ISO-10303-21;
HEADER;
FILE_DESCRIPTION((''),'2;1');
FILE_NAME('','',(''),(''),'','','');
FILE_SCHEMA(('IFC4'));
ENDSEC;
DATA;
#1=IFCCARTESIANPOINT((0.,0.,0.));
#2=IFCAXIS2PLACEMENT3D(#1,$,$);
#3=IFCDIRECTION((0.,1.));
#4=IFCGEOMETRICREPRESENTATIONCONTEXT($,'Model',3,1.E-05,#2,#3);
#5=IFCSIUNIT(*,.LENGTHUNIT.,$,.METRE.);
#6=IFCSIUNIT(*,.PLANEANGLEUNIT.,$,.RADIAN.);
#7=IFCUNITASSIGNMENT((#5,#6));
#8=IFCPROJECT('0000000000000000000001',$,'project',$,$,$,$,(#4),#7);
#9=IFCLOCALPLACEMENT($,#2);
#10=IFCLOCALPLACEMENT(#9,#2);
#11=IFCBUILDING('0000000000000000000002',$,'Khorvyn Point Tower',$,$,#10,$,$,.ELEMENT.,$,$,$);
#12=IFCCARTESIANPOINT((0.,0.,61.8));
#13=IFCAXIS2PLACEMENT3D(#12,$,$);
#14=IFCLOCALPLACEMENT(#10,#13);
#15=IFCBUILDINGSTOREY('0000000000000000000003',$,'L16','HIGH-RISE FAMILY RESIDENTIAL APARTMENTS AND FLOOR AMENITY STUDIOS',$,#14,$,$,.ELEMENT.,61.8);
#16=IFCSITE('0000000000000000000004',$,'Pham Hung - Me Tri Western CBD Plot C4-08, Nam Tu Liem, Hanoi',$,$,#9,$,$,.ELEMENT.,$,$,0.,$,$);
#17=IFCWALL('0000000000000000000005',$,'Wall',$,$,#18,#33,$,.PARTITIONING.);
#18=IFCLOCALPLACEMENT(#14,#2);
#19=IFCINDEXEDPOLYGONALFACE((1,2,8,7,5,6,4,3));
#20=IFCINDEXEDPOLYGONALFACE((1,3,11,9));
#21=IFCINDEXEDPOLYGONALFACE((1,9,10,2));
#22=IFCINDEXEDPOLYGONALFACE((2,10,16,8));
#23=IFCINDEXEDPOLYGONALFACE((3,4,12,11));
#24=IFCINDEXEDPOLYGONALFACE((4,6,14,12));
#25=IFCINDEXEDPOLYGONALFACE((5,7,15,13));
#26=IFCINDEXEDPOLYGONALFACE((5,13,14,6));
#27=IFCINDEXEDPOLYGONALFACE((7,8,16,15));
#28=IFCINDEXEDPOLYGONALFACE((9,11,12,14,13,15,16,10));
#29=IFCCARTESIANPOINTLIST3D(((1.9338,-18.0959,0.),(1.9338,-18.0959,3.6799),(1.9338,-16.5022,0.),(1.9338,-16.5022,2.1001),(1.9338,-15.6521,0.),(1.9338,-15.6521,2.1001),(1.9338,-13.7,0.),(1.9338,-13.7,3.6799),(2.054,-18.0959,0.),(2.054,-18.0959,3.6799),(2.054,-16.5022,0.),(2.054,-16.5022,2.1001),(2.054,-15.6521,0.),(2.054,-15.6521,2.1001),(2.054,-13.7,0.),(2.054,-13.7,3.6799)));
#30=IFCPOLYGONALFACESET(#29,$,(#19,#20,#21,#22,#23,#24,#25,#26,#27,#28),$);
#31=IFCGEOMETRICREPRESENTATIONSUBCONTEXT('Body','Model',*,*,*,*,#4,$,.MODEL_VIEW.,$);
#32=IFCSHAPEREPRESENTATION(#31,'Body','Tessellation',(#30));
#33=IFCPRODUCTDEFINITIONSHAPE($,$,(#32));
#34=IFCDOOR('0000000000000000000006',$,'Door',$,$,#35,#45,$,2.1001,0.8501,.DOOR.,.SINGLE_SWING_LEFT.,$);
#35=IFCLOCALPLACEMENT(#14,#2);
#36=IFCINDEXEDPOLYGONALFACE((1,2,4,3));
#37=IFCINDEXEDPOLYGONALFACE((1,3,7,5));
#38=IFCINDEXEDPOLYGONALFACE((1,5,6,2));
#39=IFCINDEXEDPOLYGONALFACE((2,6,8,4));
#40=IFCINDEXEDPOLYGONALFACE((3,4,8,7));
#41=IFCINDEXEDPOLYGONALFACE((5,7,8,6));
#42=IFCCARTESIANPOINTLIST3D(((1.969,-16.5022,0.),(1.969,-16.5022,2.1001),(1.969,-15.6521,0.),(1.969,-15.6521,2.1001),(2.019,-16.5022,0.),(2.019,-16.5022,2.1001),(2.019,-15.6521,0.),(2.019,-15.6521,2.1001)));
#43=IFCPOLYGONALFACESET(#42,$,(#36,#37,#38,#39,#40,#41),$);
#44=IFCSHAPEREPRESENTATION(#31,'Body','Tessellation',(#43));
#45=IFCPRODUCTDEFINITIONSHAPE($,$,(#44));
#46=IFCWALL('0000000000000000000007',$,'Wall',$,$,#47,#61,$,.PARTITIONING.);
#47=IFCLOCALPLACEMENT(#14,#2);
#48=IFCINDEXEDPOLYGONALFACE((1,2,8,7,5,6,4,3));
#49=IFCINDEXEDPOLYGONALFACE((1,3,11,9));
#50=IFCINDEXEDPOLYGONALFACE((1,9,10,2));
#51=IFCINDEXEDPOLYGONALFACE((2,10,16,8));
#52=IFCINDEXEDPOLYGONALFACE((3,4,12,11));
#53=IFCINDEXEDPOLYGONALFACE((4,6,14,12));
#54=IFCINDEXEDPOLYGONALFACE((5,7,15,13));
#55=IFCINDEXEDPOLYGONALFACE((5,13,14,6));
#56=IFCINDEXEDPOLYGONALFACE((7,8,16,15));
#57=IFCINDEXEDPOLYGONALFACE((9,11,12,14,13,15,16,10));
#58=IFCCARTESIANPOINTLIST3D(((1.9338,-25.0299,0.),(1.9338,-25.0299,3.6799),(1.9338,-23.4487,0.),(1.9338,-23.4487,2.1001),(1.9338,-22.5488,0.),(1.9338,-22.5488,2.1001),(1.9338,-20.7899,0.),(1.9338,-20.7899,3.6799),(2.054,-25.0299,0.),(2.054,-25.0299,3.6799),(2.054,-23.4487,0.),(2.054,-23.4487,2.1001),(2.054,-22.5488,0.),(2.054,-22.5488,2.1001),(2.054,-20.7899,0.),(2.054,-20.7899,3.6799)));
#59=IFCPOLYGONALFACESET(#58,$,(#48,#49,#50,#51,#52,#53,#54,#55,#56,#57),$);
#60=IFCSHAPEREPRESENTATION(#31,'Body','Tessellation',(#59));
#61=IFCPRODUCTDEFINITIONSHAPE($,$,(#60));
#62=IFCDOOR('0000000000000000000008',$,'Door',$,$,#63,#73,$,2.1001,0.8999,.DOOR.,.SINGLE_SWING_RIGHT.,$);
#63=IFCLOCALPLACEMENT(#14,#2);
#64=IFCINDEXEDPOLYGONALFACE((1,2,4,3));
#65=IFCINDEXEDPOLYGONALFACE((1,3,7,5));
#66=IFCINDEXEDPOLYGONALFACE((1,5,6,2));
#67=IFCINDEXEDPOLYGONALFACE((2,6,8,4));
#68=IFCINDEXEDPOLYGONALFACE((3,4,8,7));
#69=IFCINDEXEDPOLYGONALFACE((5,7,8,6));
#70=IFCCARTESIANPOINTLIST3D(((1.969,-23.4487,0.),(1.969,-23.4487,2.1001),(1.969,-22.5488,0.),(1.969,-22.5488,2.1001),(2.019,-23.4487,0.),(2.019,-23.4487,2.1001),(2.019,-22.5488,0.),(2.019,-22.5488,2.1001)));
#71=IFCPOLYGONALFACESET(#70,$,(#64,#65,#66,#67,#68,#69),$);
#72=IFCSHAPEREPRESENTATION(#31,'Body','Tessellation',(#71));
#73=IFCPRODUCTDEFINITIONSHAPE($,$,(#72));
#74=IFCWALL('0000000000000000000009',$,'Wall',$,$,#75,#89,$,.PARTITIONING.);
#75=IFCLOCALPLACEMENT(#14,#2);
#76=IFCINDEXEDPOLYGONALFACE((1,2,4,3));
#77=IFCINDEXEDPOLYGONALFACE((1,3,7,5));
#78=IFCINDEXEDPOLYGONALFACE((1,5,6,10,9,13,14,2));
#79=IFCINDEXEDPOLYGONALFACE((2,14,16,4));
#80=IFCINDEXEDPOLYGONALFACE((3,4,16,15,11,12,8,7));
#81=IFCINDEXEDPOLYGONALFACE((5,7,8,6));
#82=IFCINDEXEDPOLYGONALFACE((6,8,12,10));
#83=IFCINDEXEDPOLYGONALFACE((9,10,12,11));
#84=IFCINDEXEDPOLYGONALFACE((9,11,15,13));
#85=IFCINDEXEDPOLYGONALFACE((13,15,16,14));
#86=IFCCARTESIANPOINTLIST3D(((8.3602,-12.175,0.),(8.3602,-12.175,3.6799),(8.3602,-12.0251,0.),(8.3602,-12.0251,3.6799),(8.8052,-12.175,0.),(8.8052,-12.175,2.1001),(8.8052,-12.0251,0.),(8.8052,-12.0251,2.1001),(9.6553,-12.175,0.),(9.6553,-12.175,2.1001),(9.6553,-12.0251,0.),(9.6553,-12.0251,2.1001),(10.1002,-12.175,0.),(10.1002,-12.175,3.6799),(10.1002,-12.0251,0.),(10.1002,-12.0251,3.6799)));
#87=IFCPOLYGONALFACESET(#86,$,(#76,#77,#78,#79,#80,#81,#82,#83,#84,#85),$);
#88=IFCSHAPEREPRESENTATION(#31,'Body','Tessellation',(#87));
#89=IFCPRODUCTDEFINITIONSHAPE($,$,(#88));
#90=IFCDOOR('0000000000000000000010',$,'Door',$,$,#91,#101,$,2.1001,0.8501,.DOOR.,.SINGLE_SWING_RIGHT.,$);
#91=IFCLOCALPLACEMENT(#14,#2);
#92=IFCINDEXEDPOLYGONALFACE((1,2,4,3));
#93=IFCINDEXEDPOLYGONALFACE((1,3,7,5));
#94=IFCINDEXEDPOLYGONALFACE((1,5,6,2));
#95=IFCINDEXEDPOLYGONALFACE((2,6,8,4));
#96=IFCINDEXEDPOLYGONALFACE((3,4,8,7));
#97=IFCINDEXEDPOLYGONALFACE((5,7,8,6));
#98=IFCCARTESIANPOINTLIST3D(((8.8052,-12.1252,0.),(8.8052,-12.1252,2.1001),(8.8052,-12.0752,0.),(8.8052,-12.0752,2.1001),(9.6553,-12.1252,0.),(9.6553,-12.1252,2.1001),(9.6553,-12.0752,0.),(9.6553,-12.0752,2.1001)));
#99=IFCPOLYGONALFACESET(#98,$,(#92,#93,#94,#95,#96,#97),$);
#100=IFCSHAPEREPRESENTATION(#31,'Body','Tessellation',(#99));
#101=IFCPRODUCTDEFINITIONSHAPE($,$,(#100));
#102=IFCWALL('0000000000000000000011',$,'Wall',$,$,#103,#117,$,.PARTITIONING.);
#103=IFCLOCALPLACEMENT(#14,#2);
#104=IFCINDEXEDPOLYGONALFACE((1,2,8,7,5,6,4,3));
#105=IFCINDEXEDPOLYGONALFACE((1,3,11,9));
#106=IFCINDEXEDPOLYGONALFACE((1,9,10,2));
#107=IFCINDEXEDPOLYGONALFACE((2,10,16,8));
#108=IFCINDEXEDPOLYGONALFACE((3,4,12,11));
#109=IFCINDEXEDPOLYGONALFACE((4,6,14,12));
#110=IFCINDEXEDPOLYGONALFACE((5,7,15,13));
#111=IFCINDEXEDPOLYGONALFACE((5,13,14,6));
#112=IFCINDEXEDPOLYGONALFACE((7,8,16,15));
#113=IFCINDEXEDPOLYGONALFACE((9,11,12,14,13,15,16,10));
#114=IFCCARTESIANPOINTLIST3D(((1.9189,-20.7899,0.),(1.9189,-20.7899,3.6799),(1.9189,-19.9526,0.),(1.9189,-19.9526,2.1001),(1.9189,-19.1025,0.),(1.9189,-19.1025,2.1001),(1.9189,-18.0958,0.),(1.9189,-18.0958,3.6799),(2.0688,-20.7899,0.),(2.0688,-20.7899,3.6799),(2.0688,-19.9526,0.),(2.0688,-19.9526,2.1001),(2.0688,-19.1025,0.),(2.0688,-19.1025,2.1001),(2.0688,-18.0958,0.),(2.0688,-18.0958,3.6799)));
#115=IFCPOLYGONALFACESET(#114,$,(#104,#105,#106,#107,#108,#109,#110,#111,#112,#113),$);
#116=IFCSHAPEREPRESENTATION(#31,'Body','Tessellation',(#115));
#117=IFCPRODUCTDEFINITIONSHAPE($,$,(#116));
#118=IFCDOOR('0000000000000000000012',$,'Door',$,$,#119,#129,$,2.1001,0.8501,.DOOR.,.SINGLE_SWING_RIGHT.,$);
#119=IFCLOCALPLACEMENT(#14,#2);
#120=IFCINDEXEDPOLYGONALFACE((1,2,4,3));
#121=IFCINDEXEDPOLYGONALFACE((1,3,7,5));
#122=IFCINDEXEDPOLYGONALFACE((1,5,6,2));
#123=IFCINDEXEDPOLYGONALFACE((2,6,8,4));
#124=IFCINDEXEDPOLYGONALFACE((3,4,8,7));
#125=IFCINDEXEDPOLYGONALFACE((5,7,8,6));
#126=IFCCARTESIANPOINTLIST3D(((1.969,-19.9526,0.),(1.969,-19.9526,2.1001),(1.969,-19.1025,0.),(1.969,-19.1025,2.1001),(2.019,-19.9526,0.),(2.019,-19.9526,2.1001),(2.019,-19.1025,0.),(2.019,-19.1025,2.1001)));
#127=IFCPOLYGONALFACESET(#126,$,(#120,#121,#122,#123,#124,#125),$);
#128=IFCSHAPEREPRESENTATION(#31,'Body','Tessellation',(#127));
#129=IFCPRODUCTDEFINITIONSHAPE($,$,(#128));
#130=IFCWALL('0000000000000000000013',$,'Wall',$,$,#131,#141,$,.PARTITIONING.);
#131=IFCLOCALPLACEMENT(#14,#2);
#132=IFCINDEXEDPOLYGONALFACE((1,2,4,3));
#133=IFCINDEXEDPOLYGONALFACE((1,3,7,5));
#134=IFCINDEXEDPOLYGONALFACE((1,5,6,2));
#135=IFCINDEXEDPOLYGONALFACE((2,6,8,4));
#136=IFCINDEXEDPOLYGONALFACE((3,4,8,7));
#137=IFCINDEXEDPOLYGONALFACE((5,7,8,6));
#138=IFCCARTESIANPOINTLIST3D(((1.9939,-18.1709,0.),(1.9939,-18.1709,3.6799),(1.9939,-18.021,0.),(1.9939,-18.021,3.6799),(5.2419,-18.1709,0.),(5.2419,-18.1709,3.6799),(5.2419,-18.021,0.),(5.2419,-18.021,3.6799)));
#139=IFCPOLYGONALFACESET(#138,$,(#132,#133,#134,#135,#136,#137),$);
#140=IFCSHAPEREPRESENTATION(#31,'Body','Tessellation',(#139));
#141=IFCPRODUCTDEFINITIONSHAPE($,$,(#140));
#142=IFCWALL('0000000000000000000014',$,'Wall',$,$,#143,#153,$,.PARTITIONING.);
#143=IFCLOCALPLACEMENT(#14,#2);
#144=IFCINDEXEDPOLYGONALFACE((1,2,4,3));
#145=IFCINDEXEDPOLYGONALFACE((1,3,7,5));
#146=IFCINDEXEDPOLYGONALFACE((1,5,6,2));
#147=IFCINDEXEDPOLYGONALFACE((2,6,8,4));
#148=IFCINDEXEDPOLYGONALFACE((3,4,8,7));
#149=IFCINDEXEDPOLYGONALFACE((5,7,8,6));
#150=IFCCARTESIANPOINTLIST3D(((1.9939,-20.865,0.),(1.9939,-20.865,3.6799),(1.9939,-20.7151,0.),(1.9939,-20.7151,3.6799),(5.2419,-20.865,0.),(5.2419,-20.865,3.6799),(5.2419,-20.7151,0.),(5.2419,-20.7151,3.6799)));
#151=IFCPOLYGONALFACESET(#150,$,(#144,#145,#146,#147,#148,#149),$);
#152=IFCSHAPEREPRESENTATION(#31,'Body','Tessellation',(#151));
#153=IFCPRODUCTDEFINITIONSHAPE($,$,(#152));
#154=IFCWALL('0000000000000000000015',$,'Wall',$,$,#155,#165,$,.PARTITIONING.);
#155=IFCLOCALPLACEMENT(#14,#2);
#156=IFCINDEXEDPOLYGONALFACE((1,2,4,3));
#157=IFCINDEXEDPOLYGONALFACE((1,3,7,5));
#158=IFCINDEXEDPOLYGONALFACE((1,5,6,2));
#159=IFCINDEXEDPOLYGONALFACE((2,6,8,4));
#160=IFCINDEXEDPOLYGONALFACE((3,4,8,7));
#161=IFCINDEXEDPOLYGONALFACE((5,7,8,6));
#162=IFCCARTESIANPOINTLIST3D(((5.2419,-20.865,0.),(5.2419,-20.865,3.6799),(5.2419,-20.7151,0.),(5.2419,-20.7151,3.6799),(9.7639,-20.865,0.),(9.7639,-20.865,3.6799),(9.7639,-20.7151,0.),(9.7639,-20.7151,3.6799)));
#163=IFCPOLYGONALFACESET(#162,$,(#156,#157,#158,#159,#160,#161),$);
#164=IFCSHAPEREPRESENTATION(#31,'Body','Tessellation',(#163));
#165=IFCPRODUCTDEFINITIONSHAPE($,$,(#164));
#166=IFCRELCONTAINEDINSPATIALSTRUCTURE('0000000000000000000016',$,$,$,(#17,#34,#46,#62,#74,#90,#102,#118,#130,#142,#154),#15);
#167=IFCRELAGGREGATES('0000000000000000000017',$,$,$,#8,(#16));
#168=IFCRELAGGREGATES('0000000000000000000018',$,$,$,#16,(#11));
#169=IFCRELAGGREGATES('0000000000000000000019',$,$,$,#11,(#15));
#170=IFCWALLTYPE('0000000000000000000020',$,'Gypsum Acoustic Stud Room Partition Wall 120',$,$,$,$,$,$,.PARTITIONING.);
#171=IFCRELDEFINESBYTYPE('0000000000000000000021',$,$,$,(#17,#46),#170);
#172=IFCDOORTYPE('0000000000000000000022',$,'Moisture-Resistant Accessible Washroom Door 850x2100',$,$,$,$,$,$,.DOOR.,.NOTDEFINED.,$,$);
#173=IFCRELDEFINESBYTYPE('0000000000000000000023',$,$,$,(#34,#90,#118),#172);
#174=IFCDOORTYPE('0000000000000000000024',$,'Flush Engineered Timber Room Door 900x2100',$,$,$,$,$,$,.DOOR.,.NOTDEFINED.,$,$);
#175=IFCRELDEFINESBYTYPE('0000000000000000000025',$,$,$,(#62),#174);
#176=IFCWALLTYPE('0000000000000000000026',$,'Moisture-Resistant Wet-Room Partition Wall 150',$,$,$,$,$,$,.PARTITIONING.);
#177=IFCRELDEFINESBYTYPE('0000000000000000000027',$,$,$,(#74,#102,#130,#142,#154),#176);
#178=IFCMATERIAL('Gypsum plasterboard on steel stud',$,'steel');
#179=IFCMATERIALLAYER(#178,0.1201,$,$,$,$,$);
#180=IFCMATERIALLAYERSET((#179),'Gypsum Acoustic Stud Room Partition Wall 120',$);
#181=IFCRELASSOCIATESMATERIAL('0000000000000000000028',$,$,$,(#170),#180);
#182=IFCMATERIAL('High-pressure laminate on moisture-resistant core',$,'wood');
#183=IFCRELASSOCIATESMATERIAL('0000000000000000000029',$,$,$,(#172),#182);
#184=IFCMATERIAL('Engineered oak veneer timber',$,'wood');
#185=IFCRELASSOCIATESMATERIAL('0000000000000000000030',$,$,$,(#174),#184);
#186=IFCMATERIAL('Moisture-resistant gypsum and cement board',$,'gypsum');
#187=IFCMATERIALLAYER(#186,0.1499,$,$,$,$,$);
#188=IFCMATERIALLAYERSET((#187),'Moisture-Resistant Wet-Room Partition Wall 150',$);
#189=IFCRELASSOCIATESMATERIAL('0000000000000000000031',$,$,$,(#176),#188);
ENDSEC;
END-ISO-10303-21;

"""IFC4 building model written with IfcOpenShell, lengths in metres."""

from ifc_helpers import new_model, si_unit, direction, frame, frame_2d, origin, place, context, subcontext, project, spatial, rectangle, extrude, material, layer, layer_set, type_object, element, fill, save


model = new_model("IFC4")

# Units and contexts
model_context = context("Model", 3, precision=1e-05, world=origin(), true_north=direction((0.0, 1.0)))
body_context = subcontext(model_context, "Body", "Model", "MODEL_VIEW")
ifc_project = project(units=[si_unit("LENGTHUNIT", "METRE"), si_unit("PLANEANGLEUNIT", "RADIAN")], contexts=[model_context])

# Site, building, storey
site_placement = place(None, origin())
site = spatial("IfcSite", under=ifc_project, at=site_placement, Name="Pham Hung - Me Tri Western CBD Plot C4-08, Nam Tu Liem, Hanoi", CompositionType="ELEMENT", RefElevation=0.0)
building_placement = place(site_placement, origin())
building = spatial("IfcBuilding", under=site, at=building_placement, Name="Khorvyn Point Tower", CompositionType="ELEMENT")
storey_placement = place(building_placement, frame((0.0, 0.0, 61.8)))
storey = spatial("IfcBuildingStorey", under=building, at=storey_placement, Name="L16", Description="HIGH-RISE FAMILY RESIDENTIAL APARTMENTS AND FLOOR AMENITY STUDIOS", CompositionType="ELEMENT", Elevation=61.8)

# Walls, openings, doors
ifc_material_1 = material(Name="Gypsum plasterboard on steel stud", Category="steel")
ifc_layer_1 = layer(ifc_material_1, 0.1201)
ifc_layer_set_1 = layer_set([ifc_layer_1], Name="Gypsum Acoustic Stud Room Partition Wall 120")
wall_type_1 = type_object("IfcWallType", Name="Gypsum Acoustic Stud Room Partition Wall 120", PredefinedType="PARTITIONING", material=ifc_layer_set_1)
wall_1_placement = place(storey_placement, frame((1.9939, -18.0959, 0.0), z_axis=(0.0, 0.0, 1.0), x_axis=(0.0, 1.0, 0.0)))
wall_1 = element("IfcWall", 1, at=wall_1_placement, inside=storey, type_object=wall_type_1, Name="Wall", PredefinedType="PARTITIONING", context=body_context, shape_type="SweptSolid", body=[
    extrude(rectangle(XDim=4.396, YDim=0.1201, at=frame_2d((2.198, 0.0))), origin(), (0.0, 0.0, 1.0), 3.6799),
])
opening_1_placement = place(wall_1_placement, frame((1.5938, 0.0, 0.0)))
opening_1 = element("IfcOpeningElement", 2, at=opening_1_placement, cuts=wall_1, PredefinedType="OPENING", context=body_context, shape_type="SweptSolid", body=[
    extrude(rectangle(XDim=0.8501, YDim=2.1001, at=frame_2d((0.425, 1.05))), frame((0.0, 0.0701, 0.0), z_axis=(0.0, -1.0, 0.0), x_axis=(1.0, 0.0, 0.0)), (0.0, 0.0, 1.0), 0.1401),
])
ifc_material_2 = material(Name="High-pressure laminate on moisture-resistant core", Category="wood")
door_type_1 = type_object("IfcDoorType", Name="Moisture-Resistant Accessible Washroom Door 850x2100", OperationType="NOTDEFINED", PredefinedType="DOOR", material=ifc_material_2)
door_1_placement = place(opening_1_placement, origin())
door_1 = element("IfcDoor", 3, at=door_1_placement, inside=storey, type_object=door_type_1, Name="Door", OperationType="SINGLE_SWING_LEFT", OverallHeight=2.1001, OverallWidth=0.8501, PredefinedType="DOOR", context=body_context, shape_type="SweptSolid", body=[
    extrude(rectangle(XDim=0.8501, YDim=2.1001, at=frame_2d((0.425, 1.05))), frame((0.0, 0.0249, 0.0), z_axis=(0.0, -1.0, 0.0), x_axis=(1.0, 0.0, 0.0)), (0.0, 0.0, 1.0), 0.05),
])
fill(opening_1, door_1)
wall_2_placement = place(storey_placement, frame((1.9939, -25.03, 0.0), z_axis=(0.0, 0.0, 1.0), x_axis=(0.0, 1.0, 0.0)))
wall_2 = element("IfcWall", 4, at=wall_2_placement, inside=storey, type_object=wall_type_1, Name="Wall", PredefinedType="PARTITIONING", context=body_context, shape_type="SweptSolid", body=[
    extrude(rectangle(XDim=4.24, YDim=0.1201, at=frame_2d((2.1201, 0.0))), origin(), (0.0, 0.0, 1.0), 3.6799),
])
opening_2_placement = place(wall_2_placement, frame((1.5813, 0.0, 0.0)))
opening_2 = element("IfcOpeningElement", 5, at=opening_2_placement, cuts=wall_2, PredefinedType="OPENING", context=body_context, shape_type="SweptSolid", body=[
    extrude(rectangle(XDim=0.8999, YDim=2.1001, at=frame_2d((0.45, 1.05))), frame((0.0, 0.0701, 0.0), z_axis=(0.0, -1.0, 0.0), x_axis=(1.0, 0.0, 0.0)), (0.0, 0.0, 1.0), 0.1401),
])
ifc_material_3 = material(Name="Engineered oak veneer timber", Category="wood")
door_type_2 = type_object("IfcDoorType", Name="Flush Engineered Timber Room Door 900x2100", OperationType="NOTDEFINED", PredefinedType="DOOR", material=ifc_material_3)
door_2_placement = place(opening_2_placement, origin())
door_2 = element("IfcDoor", 6, at=door_2_placement, inside=storey, type_object=door_type_2, Name="Door", OperationType="SINGLE_SWING_RIGHT", OverallHeight=2.1001, OverallWidth=0.8999, PredefinedType="DOOR", context=body_context, shape_type="SweptSolid", body=[
    extrude(rectangle(XDim=0.8999, YDim=2.1001, at=frame_2d((0.45, 1.05))), frame((0.0, 0.0249, 0.0), z_axis=(0.0, -1.0, 0.0), x_axis=(1.0, 0.0, 0.0)), (0.0, 0.0, 1.0), 0.05),
])
fill(opening_2, door_2)
ifc_material_4 = material(Name="Moisture-resistant gypsum and cement board", Category="gypsum")
ifc_layer_2 = layer(ifc_material_4, 0.1499)
ifc_layer_set_2 = layer_set([ifc_layer_2], Name="Moisture-Resistant Wet-Room Partition Wall 150")
wall_type_2 = type_object("IfcWallType", Name="Moisture-Resistant Wet-Room Partition Wall 150", PredefinedType="PARTITIONING", material=ifc_layer_set_2)
wall_3_placement = place(storey_placement, frame((8.3601, -12.1001, 0.0), z_axis=(0.0, 0.0, 1.0), x_axis=(1.0, 0.0, 0.0)))
wall_3 = element("IfcWall", 7, at=wall_3_placement, inside=storey, type_object=wall_type_2, Name="Wall", PredefinedType="PARTITIONING", context=body_context, shape_type="SweptSolid", body=[
    extrude(rectangle(XDim=1.74, YDim=0.1499, at=frame_2d((0.8701, 0.0))), origin(), (0.0, 0.0, 1.0), 3.6799),
])
opening_3_placement = place(wall_3_placement, frame((0.4451, 0.0, 0.0)))
opening_3 = element("IfcOpeningElement", 8, at=opening_3_placement, cuts=wall_3, PredefinedType="OPENING", context=body_context, shape_type="SweptSolid", body=[
    extrude(rectangle(XDim=0.8501, YDim=2.1001, at=frame_2d((0.425, 1.05))), frame((0.0, 0.085, 0.0), z_axis=(0.0, -1.0, 0.0), x_axis=(1.0, 0.0, 0.0)), (0.0, 0.0, 1.0), 0.1699),
])
door_3_placement = place(opening_3_placement, origin())
door_3 = element("IfcDoor", 9, at=door_3_placement, inside=storey, type_object=door_type_1, Name="Door", OperationType="SINGLE_SWING_RIGHT", OverallHeight=2.1001, OverallWidth=0.8501, PredefinedType="DOOR", context=body_context, shape_type="SweptSolid", body=[
    extrude(rectangle(XDim=0.8501, YDim=2.1001, at=frame_2d((0.425, 1.05))), frame((0.0, 0.0249, 0.0), z_axis=(0.0, -1.0, 0.0), x_axis=(1.0, 0.0, 0.0)), (0.0, 0.0, 1.0), 0.05),
])
fill(opening_3, door_3)
wall_4_placement = place(storey_placement, frame((1.9939, -20.79, 0.0), z_axis=(0.0, 0.0, 1.0), x_axis=(0.0, 1.0, 0.0)))
wall_4 = element("IfcWall", 10, at=wall_4_placement, inside=storey, type_object=wall_type_2, Name="Wall", PredefinedType="PARTITIONING", context=body_context, shape_type="SweptSolid", body=[
    extrude(rectangle(XDim=2.6941, YDim=0.1499, at=frame_2d((1.3472, 0.0))), origin(), (0.0, 0.0, 1.0), 3.6799),
])
opening_4_placement = place(wall_4_placement, frame((0.8374, 0.0, 0.0)))
opening_4 = element("IfcOpeningElement", 11, at=opening_4_placement, cuts=wall_4, PredefinedType="OPENING", context=body_context, shape_type="SweptSolid", body=[
    extrude(rectangle(XDim=0.8501, YDim=2.1001, at=frame_2d((0.425, 1.05))), frame((0.0, 0.085, 0.0), z_axis=(0.0, -1.0, 0.0), x_axis=(1.0, 0.0, 0.0)), (0.0, 0.0, 1.0), 0.1699),
])
door_4_placement = place(opening_4_placement, origin())
door_4 = element("IfcDoor", 12, at=door_4_placement, inside=storey, type_object=door_type_1, Name="Door", OperationType="SINGLE_SWING_RIGHT", OverallHeight=2.1001, OverallWidth=0.8501, PredefinedType="DOOR", context=body_context, shape_type="SweptSolid", body=[
    extrude(rectangle(XDim=0.8501, YDim=2.1001, at=frame_2d((0.425, 1.05))), frame((0.0, 0.0249, 0.0), z_axis=(0.0, -1.0, 0.0), x_axis=(1.0, 0.0, 0.0)), (0.0, 0.0, 1.0), 0.05),
])
fill(opening_4, door_4)

# Walls
for number, where, z_axis, x_axis, name in (
    (13, (1.9939, -18.0959, 0.0), (0.0, 0.0, 1.0), (1.0, 0.0, 0.0), "Wall"),
    (14, (1.9939, -20.79, 0.0), (0.0, 0.0, 1.0), (1.0, 0.0, 0.0), "Wall"),
):
    element("IfcWall", number, at=place(storey_placement, frame(where, z_axis=z_axis, x_axis=x_axis)), inside=storey, type_object=wall_type_2, Name=name, PredefinedType="PARTITIONING", context=body_context, shape_type="SweptSolid", body=[
        extrude(rectangle(XDim=3.248, YDim=0.1499, at=frame_2d((1.624, 0.0))), origin(), (0.0, 0.0, 1.0), 3.6799),
    ])
wall_5_placement = place(storey_placement, frame((5.2419, -20.79, 0.0), z_axis=(0.0, 0.0, 1.0), x_axis=(1.0, 0.0, 0.0)))
element("IfcWall", 15, at=wall_5_placement, inside=storey, type_object=wall_type_2, Name="Wall", PredefinedType="PARTITIONING", context=body_context, shape_type="SweptSolid", body=[
    extrude(rectangle(XDim=4.522, YDim=0.1499, at=frame_2d((2.261, 0.0))), origin(), (0.0, 0.0, 1.0), 3.6799),
])

save(model, "model.ifc")
